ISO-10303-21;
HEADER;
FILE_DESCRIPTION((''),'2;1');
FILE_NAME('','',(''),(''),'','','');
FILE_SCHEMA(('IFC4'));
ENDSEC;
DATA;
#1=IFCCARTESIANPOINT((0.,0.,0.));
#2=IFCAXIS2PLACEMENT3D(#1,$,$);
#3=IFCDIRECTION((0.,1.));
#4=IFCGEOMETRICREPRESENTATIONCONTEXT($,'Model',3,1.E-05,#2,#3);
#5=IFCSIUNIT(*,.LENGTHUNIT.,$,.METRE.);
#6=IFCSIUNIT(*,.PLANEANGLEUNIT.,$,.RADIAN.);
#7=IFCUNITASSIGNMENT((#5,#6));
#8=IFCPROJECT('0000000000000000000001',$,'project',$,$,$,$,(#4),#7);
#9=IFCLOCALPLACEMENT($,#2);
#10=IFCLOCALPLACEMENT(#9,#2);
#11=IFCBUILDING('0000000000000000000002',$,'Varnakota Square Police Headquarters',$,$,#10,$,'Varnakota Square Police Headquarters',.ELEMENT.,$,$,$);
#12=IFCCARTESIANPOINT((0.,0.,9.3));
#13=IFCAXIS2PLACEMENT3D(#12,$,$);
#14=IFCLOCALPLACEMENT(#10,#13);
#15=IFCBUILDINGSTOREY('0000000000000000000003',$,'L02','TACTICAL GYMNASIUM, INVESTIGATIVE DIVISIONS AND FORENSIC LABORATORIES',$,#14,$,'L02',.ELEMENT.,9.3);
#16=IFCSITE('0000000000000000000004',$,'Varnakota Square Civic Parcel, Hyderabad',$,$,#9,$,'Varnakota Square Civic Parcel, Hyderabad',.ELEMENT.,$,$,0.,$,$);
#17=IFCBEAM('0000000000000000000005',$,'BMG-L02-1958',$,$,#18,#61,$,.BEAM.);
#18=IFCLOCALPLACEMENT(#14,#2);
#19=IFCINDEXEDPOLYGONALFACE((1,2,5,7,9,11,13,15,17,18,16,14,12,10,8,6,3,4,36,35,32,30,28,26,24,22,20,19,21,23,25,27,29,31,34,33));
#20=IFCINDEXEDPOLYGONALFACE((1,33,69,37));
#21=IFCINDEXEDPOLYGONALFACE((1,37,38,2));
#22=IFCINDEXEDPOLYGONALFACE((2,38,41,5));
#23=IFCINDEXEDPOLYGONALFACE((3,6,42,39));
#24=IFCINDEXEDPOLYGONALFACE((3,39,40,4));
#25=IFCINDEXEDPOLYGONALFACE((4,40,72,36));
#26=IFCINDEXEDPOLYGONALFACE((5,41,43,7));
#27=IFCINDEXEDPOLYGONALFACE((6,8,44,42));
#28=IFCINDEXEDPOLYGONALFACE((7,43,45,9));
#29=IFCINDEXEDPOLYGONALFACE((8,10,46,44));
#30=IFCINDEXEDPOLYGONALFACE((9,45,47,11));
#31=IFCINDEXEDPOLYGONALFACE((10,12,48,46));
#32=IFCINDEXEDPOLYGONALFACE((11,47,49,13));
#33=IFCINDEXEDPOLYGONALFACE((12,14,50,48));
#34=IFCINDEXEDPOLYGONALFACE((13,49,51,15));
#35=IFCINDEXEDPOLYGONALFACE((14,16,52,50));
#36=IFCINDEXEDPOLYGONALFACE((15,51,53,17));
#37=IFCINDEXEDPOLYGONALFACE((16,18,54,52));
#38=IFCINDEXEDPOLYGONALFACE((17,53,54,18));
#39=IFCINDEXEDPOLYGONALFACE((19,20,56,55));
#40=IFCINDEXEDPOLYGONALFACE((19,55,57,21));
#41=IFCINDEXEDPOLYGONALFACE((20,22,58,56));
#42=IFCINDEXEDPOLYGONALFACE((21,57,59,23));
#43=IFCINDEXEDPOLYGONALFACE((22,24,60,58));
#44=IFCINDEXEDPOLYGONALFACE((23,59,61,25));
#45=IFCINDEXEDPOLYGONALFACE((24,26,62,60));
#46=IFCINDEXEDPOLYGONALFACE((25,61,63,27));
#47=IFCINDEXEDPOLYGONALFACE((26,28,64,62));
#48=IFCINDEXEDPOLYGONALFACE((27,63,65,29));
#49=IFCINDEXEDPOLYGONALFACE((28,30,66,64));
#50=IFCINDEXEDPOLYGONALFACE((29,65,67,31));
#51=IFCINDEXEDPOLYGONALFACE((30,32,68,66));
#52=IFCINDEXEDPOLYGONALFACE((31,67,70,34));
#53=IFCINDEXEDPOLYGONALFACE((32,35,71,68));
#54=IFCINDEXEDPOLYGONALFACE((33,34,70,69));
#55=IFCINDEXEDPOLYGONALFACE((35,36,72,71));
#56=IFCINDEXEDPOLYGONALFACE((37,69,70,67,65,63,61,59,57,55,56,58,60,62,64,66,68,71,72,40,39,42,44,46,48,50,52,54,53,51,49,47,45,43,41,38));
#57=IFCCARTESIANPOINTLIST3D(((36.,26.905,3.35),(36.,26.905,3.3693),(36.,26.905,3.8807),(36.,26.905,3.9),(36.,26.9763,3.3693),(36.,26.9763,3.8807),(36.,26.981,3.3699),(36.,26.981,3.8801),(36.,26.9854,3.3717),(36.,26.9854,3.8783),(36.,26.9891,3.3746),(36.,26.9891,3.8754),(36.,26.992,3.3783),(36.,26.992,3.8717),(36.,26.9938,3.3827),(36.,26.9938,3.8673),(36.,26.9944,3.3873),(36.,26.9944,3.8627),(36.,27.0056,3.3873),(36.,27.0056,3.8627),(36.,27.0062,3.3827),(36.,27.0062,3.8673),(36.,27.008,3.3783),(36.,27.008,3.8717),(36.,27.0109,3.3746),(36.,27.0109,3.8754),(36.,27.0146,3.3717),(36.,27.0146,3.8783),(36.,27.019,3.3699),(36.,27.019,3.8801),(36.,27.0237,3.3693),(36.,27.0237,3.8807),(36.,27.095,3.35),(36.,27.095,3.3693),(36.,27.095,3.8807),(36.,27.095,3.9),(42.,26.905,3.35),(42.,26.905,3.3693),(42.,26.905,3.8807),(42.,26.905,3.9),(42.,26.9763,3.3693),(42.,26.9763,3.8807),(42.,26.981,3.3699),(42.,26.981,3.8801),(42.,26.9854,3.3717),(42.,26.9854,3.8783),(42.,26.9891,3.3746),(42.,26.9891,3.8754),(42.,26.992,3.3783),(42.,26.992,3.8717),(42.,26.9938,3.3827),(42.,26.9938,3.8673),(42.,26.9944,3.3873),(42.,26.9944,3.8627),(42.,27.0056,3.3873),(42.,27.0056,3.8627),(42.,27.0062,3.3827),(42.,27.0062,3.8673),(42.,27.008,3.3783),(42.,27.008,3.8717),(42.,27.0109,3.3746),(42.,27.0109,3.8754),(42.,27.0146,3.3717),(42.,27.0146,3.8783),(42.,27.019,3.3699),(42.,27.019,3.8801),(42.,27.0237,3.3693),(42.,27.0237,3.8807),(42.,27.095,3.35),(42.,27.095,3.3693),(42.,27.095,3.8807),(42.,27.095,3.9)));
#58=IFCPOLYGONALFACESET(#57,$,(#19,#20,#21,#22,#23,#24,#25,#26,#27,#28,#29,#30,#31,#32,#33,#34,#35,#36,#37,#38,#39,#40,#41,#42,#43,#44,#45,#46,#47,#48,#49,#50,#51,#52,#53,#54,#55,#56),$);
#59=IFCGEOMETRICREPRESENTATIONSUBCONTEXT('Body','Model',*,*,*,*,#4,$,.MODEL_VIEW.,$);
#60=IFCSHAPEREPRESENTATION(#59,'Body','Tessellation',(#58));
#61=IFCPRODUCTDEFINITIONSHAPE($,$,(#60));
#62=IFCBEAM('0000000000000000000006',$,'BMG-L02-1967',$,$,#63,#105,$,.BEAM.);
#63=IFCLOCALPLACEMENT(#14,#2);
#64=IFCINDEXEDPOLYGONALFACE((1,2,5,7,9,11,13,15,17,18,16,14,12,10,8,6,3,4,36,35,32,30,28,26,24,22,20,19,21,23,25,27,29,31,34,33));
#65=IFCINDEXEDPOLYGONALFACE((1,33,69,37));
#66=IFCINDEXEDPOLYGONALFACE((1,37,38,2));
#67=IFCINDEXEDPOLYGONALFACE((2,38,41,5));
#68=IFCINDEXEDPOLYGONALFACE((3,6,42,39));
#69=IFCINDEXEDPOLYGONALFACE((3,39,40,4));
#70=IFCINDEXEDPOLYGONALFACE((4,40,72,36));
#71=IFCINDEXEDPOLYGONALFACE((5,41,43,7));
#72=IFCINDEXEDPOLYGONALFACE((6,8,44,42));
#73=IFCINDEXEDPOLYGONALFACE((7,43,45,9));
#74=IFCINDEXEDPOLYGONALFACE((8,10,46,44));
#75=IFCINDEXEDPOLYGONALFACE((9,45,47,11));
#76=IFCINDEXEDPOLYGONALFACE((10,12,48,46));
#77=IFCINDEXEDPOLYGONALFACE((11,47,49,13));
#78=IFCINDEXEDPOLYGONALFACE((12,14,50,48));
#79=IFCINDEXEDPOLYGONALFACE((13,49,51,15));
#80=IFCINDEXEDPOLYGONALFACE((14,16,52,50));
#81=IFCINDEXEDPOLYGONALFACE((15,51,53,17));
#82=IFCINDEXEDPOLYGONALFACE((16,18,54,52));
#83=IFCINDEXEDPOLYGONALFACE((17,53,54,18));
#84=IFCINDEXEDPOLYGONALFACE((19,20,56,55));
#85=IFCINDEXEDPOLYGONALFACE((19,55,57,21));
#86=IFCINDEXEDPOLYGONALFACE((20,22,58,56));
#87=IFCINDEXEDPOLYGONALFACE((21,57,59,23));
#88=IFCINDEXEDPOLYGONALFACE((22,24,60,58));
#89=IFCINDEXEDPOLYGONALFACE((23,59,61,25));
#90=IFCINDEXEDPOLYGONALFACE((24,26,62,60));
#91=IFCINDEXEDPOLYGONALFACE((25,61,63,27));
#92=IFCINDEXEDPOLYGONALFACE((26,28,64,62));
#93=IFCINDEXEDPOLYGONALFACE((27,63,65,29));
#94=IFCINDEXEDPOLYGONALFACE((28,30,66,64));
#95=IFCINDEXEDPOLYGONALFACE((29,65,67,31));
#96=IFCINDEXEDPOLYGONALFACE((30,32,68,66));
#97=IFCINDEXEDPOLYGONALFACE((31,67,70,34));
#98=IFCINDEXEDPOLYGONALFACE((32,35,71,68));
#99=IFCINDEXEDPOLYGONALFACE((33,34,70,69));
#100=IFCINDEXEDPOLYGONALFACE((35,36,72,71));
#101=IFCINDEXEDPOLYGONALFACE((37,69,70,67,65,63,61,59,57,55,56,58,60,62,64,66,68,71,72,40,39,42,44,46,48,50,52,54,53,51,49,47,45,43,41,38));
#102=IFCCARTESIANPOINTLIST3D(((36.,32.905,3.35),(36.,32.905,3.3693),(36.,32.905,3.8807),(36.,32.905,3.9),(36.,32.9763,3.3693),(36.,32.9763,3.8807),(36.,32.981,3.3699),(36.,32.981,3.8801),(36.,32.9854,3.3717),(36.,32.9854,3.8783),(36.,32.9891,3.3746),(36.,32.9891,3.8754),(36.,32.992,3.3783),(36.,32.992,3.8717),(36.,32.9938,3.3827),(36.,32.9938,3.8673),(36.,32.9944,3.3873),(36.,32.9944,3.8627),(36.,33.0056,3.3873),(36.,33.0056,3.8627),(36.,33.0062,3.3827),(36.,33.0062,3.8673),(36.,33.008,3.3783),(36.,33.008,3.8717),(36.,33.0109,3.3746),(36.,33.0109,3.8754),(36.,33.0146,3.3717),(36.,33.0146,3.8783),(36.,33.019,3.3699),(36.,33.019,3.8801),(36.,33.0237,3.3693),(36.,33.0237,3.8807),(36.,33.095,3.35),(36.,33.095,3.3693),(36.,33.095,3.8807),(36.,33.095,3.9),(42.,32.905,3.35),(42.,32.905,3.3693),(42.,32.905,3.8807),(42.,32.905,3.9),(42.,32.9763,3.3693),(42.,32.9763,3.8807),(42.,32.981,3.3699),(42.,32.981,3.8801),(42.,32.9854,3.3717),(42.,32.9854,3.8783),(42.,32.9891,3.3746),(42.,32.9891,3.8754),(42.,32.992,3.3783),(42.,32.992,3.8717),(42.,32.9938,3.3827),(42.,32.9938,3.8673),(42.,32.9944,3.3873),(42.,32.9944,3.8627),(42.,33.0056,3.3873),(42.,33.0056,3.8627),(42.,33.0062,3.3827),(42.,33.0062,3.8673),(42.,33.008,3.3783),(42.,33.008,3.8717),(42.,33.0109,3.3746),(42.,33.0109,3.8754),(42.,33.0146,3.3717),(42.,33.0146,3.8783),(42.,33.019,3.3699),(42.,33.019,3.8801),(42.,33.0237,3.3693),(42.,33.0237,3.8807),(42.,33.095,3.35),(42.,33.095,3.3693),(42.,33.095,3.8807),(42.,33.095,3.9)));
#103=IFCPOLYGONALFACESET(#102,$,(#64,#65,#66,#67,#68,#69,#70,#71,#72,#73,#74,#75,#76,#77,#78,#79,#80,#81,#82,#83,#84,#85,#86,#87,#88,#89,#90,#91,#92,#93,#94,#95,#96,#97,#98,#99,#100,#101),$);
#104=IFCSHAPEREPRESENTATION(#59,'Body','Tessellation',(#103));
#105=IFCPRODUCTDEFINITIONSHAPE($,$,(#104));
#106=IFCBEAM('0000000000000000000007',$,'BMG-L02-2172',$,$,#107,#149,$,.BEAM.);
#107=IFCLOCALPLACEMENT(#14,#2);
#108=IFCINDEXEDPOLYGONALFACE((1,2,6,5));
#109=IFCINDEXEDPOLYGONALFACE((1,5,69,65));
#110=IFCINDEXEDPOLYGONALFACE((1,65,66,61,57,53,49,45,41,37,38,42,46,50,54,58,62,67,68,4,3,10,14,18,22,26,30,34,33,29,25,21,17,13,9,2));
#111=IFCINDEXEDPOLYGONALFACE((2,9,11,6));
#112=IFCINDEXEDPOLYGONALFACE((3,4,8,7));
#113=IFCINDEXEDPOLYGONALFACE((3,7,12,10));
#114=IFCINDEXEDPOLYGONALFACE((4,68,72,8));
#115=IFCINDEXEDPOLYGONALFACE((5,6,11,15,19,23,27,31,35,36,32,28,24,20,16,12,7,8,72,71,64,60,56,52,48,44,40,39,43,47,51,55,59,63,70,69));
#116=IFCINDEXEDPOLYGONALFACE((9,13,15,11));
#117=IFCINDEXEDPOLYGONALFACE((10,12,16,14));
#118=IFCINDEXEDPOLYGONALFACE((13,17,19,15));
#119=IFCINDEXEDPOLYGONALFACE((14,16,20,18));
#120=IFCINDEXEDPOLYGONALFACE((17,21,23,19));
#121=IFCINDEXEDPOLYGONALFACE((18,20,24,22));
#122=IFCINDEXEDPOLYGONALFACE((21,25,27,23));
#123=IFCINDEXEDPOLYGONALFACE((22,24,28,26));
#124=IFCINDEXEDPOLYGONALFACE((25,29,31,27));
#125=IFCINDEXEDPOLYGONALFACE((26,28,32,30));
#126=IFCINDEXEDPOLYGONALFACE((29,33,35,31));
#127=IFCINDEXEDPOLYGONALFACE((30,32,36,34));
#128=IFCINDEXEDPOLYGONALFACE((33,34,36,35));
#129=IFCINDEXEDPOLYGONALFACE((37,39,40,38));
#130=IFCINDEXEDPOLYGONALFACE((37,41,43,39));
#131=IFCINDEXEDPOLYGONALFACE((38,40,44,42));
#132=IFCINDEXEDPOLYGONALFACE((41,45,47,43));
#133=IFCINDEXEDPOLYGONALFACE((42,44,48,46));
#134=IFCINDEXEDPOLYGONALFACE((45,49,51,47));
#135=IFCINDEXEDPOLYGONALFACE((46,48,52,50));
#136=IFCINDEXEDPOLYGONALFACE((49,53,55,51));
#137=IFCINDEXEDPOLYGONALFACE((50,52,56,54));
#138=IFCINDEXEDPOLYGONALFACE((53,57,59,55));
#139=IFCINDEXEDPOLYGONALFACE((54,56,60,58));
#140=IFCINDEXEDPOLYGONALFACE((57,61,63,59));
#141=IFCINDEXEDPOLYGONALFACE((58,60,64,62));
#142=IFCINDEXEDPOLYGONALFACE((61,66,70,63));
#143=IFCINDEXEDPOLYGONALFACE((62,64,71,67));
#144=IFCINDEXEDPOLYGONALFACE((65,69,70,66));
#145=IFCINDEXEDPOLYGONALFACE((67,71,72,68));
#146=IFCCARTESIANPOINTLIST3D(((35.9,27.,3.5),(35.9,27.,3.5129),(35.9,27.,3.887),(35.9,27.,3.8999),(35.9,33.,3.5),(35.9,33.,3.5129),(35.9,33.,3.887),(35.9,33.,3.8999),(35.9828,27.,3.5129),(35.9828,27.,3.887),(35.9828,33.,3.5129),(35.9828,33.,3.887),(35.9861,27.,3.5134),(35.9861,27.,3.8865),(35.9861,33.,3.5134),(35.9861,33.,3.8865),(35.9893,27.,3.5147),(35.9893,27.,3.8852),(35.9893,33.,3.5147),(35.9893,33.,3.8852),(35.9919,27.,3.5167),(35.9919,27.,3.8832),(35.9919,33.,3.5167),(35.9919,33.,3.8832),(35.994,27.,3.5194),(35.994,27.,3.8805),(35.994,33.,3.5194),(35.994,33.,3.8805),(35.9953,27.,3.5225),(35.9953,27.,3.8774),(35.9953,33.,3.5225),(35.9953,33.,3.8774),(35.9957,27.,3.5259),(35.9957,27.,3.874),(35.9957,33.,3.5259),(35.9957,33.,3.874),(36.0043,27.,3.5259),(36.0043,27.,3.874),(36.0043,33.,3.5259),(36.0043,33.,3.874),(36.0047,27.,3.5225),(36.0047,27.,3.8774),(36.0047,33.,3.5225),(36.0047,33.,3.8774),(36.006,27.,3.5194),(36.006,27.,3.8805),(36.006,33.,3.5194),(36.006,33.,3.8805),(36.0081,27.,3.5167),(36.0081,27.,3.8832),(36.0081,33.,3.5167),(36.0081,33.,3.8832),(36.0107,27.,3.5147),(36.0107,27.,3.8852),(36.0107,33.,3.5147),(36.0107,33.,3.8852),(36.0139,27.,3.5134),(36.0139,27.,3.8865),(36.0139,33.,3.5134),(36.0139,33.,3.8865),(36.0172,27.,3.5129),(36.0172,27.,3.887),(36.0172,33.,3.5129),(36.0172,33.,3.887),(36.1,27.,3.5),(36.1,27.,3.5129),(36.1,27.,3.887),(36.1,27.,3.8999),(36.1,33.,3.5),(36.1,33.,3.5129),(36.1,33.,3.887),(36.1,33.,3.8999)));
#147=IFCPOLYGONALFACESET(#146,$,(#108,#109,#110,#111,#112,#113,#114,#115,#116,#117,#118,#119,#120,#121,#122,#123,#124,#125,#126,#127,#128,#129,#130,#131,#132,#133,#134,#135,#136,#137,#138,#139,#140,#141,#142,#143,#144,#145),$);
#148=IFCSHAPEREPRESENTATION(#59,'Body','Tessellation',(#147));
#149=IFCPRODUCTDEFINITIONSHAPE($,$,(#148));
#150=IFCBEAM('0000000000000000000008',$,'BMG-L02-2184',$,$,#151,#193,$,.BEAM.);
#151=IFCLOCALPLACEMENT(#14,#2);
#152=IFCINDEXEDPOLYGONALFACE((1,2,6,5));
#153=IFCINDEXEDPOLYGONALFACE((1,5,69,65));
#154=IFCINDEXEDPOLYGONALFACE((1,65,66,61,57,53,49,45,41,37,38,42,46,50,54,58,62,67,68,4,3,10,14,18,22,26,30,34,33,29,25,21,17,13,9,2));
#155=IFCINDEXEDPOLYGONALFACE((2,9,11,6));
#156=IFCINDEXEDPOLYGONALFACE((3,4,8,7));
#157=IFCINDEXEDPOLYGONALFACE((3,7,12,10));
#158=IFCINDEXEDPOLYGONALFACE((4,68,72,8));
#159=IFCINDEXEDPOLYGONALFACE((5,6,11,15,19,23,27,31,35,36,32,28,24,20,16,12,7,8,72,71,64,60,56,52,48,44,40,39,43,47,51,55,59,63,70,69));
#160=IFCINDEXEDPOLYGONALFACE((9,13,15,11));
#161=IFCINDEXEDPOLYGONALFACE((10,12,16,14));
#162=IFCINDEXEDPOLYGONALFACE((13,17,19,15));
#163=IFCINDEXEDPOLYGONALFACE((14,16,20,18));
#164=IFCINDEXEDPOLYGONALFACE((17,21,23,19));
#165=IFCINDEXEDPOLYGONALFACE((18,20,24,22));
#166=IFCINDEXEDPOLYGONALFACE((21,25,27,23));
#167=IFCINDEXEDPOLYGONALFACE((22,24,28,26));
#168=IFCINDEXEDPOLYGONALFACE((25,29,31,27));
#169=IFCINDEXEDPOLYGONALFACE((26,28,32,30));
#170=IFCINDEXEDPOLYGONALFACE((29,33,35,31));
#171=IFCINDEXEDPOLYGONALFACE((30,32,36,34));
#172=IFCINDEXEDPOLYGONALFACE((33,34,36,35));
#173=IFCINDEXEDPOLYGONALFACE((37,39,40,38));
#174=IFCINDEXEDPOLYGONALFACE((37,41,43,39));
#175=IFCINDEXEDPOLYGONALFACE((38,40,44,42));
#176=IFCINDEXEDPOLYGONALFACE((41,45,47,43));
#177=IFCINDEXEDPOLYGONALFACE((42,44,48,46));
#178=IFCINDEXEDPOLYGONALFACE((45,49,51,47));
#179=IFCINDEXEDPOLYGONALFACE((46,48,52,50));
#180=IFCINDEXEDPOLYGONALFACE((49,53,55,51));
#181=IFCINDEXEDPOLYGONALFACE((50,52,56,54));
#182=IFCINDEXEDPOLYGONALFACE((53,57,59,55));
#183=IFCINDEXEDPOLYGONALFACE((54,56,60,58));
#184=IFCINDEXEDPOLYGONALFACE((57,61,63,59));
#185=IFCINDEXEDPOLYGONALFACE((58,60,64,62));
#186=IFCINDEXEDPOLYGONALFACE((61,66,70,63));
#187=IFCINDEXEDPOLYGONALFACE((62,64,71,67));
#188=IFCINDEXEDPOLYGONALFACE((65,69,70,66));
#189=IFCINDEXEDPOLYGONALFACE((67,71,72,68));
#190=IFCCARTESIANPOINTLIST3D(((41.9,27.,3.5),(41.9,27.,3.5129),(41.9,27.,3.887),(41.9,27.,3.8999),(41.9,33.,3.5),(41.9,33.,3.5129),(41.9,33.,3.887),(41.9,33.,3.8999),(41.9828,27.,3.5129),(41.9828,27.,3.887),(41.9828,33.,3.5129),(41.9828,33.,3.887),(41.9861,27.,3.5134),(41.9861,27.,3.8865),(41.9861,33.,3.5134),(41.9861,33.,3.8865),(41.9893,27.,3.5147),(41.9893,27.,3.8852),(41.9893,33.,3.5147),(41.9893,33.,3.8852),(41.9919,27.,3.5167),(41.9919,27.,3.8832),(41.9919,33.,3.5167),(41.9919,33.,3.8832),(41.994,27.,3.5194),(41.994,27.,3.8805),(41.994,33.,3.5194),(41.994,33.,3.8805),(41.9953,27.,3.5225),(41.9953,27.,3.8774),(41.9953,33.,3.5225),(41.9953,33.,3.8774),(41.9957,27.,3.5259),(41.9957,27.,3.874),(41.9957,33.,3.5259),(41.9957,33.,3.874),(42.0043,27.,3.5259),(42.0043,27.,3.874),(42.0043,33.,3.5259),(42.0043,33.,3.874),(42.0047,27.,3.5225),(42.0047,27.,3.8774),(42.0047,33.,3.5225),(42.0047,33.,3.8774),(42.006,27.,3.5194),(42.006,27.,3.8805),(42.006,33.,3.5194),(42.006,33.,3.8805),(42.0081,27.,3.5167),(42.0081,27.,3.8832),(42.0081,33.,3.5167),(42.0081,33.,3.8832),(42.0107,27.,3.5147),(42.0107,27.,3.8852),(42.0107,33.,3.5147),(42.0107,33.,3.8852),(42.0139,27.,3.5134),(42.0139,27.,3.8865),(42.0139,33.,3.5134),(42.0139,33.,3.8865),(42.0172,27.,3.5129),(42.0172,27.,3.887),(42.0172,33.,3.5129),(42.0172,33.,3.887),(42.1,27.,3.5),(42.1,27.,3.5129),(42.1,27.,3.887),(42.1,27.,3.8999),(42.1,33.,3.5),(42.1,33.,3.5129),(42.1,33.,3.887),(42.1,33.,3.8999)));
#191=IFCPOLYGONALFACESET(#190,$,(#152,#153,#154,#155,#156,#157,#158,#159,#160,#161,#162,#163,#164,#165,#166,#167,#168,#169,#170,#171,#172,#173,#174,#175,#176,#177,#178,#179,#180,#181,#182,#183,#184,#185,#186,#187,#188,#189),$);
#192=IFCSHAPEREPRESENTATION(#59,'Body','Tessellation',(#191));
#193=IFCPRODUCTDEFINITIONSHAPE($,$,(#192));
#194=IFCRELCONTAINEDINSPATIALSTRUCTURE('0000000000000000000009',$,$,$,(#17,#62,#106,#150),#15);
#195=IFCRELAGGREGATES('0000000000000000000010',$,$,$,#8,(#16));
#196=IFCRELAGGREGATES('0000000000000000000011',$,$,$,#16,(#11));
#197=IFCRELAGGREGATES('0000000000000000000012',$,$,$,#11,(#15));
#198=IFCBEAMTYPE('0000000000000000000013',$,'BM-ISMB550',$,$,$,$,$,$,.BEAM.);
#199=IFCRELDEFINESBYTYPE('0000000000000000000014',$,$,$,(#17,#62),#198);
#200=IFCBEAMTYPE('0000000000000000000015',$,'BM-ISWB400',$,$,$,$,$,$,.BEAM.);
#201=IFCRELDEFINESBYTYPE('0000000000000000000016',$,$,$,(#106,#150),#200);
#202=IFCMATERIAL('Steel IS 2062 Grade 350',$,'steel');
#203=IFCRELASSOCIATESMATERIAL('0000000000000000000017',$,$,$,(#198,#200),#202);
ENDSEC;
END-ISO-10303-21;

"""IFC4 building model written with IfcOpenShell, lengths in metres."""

from ifc_helpers import new_model, si_unit, direction, frame, origin, origin_2d, place, context, subcontext, project, spatial, i_section, extrude, material, material_profile, profile_set, type_object, element, save


model = new_model("IFC4")

# Units and contexts
model_context = context("Model", 3, precision=1e-05, world=origin(), true_north=direction((0.0, 1.0)))
body_context = subcontext(model_context, "Body", "Model", "MODEL_VIEW")
ifc_project = project(units=[si_unit("LENGTHUNIT", "METRE"), si_unit("PLANEANGLEUNIT", "RADIAN")], contexts=[model_context])

# Site, building, storey
site_placement = place(None, origin())
site = spatial("IfcSite", under=ifc_project, at=site_placement, Name="Varnakota Square Civic Parcel, Hyderabad", LongName="Varnakota Square Civic Parcel, Hyderabad", CompositionType="ELEMENT", RefElevation=0.0)
building_placement = place(site_placement, origin())
building = spatial("IfcBuilding", under=site, at=building_placement, Name="Varnakota Square Police Headquarters", LongName="Varnakota Square Police Headquarters", CompositionType="ELEMENT")
storey_placement = place(building_placement, frame((0.0, 0.0, 9.3)))
storey = spatial("IfcBuildingStorey", under=building, at=storey_placement, Name="L02", Description="TACTICAL GYMNASIUM, INVESTIGATIVE DIVISIONS AND FORENSIC LABORATORIES", LongName="L02", CompositionType="ELEMENT", Elevation=9.3)

# Shared definitions
ifc_material_1 = material(Name="Steel IS 2062 Grade 350", Category="steel")

# Beams
ifc_material_profile_1 = material_profile(ifc_material_1, i_section(OverallWidth=0.1899, OverallDepth=0.55, WebThickness=0.0112, FlangeThickness=0.0193, FilletRadius=0.0181, at=origin_2d()), Name="ISMB 550")
ifc_profile_set_1 = profile_set([ifc_material_profile_1], Name="Steel IS 2062 Grade 350")
beam_type_1 = type_object("IfcBeamType", Name="BM-ISMB550", PredefinedType="BEAM", material=ifc_profile_set_1)
for number, where, z_axis, x_axis, name in (
    (1, (36.0, 27.0, 3.625), (1.0, 0.0, 0.0), (0.0, 1.0, 0.0), "BMG-L02-1958"),
    (2, (36.0, 33.0, 3.625), (1.0, 0.0, 0.0), (0.0, 1.0, 0.0), "BMG-L02-1967"),
):
    element("IfcBeam", number, at=place(storey_placement, frame(where, z_axis=z_axis, x_axis=x_axis)), inside=storey, type_object=beam_type_1, Name=name, PredefinedType="BEAM", context=body_context, shape_type="SweptSolid", body=[
        extrude(i_section(OverallWidth=0.1899, OverallDepth=0.55, WebThickness=0.0112, FlangeThickness=0.0193, FilletRadius=0.0181, at=origin_2d()), origin(), (0.0, 0.0, 1.0), 6.0),
    ])
ifc_material_profile_2 = material_profile(ifc_material_1, i_section(OverallWidth=0.2, OverallDepth=0.3999, WebThickness=0.0085, FlangeThickness=0.0129, FilletRadius=0.0129, at=origin_2d()), Name="ISWB 400")
ifc_profile_set_2 = profile_set([ifc_material_profile_2], Name="Steel IS 2062 Grade 350")
beam_type_2 = type_object("IfcBeamType", Name="BM-ISWB400", PredefinedType="BEAM", material=ifc_profile_set_2)
for number, where, z_axis, x_axis, name in (
    (3, (36.0, 27.0, 3.7), (0.0, 1.0, 0.0), (-1.0, 0.0, 0.0), "BMG-L02-2172"),
    (4, (42.0, 27.0, 3.7), (0.0, 1.0, 0.0), (-1.0, 0.0, 0.0), "BMG-L02-2184"),
):
    element("IfcBeam", number, at=place(storey_placement, frame(where, z_axis=z_axis, x_axis=x_axis)), inside=storey, type_object=beam_type_2, Name=name, PredefinedType="BEAM", context=body_context, shape_type="SweptSolid", body=[
        extrude(i_section(OverallWidth=0.2, OverallDepth=0.3999, WebThickness=0.0085, FlangeThickness=0.0129, FilletRadius=0.0129, at=origin_2d()), origin(), (0.0, 0.0, 1.0), 6.0),
    ])

save(model, "model.ifc")
